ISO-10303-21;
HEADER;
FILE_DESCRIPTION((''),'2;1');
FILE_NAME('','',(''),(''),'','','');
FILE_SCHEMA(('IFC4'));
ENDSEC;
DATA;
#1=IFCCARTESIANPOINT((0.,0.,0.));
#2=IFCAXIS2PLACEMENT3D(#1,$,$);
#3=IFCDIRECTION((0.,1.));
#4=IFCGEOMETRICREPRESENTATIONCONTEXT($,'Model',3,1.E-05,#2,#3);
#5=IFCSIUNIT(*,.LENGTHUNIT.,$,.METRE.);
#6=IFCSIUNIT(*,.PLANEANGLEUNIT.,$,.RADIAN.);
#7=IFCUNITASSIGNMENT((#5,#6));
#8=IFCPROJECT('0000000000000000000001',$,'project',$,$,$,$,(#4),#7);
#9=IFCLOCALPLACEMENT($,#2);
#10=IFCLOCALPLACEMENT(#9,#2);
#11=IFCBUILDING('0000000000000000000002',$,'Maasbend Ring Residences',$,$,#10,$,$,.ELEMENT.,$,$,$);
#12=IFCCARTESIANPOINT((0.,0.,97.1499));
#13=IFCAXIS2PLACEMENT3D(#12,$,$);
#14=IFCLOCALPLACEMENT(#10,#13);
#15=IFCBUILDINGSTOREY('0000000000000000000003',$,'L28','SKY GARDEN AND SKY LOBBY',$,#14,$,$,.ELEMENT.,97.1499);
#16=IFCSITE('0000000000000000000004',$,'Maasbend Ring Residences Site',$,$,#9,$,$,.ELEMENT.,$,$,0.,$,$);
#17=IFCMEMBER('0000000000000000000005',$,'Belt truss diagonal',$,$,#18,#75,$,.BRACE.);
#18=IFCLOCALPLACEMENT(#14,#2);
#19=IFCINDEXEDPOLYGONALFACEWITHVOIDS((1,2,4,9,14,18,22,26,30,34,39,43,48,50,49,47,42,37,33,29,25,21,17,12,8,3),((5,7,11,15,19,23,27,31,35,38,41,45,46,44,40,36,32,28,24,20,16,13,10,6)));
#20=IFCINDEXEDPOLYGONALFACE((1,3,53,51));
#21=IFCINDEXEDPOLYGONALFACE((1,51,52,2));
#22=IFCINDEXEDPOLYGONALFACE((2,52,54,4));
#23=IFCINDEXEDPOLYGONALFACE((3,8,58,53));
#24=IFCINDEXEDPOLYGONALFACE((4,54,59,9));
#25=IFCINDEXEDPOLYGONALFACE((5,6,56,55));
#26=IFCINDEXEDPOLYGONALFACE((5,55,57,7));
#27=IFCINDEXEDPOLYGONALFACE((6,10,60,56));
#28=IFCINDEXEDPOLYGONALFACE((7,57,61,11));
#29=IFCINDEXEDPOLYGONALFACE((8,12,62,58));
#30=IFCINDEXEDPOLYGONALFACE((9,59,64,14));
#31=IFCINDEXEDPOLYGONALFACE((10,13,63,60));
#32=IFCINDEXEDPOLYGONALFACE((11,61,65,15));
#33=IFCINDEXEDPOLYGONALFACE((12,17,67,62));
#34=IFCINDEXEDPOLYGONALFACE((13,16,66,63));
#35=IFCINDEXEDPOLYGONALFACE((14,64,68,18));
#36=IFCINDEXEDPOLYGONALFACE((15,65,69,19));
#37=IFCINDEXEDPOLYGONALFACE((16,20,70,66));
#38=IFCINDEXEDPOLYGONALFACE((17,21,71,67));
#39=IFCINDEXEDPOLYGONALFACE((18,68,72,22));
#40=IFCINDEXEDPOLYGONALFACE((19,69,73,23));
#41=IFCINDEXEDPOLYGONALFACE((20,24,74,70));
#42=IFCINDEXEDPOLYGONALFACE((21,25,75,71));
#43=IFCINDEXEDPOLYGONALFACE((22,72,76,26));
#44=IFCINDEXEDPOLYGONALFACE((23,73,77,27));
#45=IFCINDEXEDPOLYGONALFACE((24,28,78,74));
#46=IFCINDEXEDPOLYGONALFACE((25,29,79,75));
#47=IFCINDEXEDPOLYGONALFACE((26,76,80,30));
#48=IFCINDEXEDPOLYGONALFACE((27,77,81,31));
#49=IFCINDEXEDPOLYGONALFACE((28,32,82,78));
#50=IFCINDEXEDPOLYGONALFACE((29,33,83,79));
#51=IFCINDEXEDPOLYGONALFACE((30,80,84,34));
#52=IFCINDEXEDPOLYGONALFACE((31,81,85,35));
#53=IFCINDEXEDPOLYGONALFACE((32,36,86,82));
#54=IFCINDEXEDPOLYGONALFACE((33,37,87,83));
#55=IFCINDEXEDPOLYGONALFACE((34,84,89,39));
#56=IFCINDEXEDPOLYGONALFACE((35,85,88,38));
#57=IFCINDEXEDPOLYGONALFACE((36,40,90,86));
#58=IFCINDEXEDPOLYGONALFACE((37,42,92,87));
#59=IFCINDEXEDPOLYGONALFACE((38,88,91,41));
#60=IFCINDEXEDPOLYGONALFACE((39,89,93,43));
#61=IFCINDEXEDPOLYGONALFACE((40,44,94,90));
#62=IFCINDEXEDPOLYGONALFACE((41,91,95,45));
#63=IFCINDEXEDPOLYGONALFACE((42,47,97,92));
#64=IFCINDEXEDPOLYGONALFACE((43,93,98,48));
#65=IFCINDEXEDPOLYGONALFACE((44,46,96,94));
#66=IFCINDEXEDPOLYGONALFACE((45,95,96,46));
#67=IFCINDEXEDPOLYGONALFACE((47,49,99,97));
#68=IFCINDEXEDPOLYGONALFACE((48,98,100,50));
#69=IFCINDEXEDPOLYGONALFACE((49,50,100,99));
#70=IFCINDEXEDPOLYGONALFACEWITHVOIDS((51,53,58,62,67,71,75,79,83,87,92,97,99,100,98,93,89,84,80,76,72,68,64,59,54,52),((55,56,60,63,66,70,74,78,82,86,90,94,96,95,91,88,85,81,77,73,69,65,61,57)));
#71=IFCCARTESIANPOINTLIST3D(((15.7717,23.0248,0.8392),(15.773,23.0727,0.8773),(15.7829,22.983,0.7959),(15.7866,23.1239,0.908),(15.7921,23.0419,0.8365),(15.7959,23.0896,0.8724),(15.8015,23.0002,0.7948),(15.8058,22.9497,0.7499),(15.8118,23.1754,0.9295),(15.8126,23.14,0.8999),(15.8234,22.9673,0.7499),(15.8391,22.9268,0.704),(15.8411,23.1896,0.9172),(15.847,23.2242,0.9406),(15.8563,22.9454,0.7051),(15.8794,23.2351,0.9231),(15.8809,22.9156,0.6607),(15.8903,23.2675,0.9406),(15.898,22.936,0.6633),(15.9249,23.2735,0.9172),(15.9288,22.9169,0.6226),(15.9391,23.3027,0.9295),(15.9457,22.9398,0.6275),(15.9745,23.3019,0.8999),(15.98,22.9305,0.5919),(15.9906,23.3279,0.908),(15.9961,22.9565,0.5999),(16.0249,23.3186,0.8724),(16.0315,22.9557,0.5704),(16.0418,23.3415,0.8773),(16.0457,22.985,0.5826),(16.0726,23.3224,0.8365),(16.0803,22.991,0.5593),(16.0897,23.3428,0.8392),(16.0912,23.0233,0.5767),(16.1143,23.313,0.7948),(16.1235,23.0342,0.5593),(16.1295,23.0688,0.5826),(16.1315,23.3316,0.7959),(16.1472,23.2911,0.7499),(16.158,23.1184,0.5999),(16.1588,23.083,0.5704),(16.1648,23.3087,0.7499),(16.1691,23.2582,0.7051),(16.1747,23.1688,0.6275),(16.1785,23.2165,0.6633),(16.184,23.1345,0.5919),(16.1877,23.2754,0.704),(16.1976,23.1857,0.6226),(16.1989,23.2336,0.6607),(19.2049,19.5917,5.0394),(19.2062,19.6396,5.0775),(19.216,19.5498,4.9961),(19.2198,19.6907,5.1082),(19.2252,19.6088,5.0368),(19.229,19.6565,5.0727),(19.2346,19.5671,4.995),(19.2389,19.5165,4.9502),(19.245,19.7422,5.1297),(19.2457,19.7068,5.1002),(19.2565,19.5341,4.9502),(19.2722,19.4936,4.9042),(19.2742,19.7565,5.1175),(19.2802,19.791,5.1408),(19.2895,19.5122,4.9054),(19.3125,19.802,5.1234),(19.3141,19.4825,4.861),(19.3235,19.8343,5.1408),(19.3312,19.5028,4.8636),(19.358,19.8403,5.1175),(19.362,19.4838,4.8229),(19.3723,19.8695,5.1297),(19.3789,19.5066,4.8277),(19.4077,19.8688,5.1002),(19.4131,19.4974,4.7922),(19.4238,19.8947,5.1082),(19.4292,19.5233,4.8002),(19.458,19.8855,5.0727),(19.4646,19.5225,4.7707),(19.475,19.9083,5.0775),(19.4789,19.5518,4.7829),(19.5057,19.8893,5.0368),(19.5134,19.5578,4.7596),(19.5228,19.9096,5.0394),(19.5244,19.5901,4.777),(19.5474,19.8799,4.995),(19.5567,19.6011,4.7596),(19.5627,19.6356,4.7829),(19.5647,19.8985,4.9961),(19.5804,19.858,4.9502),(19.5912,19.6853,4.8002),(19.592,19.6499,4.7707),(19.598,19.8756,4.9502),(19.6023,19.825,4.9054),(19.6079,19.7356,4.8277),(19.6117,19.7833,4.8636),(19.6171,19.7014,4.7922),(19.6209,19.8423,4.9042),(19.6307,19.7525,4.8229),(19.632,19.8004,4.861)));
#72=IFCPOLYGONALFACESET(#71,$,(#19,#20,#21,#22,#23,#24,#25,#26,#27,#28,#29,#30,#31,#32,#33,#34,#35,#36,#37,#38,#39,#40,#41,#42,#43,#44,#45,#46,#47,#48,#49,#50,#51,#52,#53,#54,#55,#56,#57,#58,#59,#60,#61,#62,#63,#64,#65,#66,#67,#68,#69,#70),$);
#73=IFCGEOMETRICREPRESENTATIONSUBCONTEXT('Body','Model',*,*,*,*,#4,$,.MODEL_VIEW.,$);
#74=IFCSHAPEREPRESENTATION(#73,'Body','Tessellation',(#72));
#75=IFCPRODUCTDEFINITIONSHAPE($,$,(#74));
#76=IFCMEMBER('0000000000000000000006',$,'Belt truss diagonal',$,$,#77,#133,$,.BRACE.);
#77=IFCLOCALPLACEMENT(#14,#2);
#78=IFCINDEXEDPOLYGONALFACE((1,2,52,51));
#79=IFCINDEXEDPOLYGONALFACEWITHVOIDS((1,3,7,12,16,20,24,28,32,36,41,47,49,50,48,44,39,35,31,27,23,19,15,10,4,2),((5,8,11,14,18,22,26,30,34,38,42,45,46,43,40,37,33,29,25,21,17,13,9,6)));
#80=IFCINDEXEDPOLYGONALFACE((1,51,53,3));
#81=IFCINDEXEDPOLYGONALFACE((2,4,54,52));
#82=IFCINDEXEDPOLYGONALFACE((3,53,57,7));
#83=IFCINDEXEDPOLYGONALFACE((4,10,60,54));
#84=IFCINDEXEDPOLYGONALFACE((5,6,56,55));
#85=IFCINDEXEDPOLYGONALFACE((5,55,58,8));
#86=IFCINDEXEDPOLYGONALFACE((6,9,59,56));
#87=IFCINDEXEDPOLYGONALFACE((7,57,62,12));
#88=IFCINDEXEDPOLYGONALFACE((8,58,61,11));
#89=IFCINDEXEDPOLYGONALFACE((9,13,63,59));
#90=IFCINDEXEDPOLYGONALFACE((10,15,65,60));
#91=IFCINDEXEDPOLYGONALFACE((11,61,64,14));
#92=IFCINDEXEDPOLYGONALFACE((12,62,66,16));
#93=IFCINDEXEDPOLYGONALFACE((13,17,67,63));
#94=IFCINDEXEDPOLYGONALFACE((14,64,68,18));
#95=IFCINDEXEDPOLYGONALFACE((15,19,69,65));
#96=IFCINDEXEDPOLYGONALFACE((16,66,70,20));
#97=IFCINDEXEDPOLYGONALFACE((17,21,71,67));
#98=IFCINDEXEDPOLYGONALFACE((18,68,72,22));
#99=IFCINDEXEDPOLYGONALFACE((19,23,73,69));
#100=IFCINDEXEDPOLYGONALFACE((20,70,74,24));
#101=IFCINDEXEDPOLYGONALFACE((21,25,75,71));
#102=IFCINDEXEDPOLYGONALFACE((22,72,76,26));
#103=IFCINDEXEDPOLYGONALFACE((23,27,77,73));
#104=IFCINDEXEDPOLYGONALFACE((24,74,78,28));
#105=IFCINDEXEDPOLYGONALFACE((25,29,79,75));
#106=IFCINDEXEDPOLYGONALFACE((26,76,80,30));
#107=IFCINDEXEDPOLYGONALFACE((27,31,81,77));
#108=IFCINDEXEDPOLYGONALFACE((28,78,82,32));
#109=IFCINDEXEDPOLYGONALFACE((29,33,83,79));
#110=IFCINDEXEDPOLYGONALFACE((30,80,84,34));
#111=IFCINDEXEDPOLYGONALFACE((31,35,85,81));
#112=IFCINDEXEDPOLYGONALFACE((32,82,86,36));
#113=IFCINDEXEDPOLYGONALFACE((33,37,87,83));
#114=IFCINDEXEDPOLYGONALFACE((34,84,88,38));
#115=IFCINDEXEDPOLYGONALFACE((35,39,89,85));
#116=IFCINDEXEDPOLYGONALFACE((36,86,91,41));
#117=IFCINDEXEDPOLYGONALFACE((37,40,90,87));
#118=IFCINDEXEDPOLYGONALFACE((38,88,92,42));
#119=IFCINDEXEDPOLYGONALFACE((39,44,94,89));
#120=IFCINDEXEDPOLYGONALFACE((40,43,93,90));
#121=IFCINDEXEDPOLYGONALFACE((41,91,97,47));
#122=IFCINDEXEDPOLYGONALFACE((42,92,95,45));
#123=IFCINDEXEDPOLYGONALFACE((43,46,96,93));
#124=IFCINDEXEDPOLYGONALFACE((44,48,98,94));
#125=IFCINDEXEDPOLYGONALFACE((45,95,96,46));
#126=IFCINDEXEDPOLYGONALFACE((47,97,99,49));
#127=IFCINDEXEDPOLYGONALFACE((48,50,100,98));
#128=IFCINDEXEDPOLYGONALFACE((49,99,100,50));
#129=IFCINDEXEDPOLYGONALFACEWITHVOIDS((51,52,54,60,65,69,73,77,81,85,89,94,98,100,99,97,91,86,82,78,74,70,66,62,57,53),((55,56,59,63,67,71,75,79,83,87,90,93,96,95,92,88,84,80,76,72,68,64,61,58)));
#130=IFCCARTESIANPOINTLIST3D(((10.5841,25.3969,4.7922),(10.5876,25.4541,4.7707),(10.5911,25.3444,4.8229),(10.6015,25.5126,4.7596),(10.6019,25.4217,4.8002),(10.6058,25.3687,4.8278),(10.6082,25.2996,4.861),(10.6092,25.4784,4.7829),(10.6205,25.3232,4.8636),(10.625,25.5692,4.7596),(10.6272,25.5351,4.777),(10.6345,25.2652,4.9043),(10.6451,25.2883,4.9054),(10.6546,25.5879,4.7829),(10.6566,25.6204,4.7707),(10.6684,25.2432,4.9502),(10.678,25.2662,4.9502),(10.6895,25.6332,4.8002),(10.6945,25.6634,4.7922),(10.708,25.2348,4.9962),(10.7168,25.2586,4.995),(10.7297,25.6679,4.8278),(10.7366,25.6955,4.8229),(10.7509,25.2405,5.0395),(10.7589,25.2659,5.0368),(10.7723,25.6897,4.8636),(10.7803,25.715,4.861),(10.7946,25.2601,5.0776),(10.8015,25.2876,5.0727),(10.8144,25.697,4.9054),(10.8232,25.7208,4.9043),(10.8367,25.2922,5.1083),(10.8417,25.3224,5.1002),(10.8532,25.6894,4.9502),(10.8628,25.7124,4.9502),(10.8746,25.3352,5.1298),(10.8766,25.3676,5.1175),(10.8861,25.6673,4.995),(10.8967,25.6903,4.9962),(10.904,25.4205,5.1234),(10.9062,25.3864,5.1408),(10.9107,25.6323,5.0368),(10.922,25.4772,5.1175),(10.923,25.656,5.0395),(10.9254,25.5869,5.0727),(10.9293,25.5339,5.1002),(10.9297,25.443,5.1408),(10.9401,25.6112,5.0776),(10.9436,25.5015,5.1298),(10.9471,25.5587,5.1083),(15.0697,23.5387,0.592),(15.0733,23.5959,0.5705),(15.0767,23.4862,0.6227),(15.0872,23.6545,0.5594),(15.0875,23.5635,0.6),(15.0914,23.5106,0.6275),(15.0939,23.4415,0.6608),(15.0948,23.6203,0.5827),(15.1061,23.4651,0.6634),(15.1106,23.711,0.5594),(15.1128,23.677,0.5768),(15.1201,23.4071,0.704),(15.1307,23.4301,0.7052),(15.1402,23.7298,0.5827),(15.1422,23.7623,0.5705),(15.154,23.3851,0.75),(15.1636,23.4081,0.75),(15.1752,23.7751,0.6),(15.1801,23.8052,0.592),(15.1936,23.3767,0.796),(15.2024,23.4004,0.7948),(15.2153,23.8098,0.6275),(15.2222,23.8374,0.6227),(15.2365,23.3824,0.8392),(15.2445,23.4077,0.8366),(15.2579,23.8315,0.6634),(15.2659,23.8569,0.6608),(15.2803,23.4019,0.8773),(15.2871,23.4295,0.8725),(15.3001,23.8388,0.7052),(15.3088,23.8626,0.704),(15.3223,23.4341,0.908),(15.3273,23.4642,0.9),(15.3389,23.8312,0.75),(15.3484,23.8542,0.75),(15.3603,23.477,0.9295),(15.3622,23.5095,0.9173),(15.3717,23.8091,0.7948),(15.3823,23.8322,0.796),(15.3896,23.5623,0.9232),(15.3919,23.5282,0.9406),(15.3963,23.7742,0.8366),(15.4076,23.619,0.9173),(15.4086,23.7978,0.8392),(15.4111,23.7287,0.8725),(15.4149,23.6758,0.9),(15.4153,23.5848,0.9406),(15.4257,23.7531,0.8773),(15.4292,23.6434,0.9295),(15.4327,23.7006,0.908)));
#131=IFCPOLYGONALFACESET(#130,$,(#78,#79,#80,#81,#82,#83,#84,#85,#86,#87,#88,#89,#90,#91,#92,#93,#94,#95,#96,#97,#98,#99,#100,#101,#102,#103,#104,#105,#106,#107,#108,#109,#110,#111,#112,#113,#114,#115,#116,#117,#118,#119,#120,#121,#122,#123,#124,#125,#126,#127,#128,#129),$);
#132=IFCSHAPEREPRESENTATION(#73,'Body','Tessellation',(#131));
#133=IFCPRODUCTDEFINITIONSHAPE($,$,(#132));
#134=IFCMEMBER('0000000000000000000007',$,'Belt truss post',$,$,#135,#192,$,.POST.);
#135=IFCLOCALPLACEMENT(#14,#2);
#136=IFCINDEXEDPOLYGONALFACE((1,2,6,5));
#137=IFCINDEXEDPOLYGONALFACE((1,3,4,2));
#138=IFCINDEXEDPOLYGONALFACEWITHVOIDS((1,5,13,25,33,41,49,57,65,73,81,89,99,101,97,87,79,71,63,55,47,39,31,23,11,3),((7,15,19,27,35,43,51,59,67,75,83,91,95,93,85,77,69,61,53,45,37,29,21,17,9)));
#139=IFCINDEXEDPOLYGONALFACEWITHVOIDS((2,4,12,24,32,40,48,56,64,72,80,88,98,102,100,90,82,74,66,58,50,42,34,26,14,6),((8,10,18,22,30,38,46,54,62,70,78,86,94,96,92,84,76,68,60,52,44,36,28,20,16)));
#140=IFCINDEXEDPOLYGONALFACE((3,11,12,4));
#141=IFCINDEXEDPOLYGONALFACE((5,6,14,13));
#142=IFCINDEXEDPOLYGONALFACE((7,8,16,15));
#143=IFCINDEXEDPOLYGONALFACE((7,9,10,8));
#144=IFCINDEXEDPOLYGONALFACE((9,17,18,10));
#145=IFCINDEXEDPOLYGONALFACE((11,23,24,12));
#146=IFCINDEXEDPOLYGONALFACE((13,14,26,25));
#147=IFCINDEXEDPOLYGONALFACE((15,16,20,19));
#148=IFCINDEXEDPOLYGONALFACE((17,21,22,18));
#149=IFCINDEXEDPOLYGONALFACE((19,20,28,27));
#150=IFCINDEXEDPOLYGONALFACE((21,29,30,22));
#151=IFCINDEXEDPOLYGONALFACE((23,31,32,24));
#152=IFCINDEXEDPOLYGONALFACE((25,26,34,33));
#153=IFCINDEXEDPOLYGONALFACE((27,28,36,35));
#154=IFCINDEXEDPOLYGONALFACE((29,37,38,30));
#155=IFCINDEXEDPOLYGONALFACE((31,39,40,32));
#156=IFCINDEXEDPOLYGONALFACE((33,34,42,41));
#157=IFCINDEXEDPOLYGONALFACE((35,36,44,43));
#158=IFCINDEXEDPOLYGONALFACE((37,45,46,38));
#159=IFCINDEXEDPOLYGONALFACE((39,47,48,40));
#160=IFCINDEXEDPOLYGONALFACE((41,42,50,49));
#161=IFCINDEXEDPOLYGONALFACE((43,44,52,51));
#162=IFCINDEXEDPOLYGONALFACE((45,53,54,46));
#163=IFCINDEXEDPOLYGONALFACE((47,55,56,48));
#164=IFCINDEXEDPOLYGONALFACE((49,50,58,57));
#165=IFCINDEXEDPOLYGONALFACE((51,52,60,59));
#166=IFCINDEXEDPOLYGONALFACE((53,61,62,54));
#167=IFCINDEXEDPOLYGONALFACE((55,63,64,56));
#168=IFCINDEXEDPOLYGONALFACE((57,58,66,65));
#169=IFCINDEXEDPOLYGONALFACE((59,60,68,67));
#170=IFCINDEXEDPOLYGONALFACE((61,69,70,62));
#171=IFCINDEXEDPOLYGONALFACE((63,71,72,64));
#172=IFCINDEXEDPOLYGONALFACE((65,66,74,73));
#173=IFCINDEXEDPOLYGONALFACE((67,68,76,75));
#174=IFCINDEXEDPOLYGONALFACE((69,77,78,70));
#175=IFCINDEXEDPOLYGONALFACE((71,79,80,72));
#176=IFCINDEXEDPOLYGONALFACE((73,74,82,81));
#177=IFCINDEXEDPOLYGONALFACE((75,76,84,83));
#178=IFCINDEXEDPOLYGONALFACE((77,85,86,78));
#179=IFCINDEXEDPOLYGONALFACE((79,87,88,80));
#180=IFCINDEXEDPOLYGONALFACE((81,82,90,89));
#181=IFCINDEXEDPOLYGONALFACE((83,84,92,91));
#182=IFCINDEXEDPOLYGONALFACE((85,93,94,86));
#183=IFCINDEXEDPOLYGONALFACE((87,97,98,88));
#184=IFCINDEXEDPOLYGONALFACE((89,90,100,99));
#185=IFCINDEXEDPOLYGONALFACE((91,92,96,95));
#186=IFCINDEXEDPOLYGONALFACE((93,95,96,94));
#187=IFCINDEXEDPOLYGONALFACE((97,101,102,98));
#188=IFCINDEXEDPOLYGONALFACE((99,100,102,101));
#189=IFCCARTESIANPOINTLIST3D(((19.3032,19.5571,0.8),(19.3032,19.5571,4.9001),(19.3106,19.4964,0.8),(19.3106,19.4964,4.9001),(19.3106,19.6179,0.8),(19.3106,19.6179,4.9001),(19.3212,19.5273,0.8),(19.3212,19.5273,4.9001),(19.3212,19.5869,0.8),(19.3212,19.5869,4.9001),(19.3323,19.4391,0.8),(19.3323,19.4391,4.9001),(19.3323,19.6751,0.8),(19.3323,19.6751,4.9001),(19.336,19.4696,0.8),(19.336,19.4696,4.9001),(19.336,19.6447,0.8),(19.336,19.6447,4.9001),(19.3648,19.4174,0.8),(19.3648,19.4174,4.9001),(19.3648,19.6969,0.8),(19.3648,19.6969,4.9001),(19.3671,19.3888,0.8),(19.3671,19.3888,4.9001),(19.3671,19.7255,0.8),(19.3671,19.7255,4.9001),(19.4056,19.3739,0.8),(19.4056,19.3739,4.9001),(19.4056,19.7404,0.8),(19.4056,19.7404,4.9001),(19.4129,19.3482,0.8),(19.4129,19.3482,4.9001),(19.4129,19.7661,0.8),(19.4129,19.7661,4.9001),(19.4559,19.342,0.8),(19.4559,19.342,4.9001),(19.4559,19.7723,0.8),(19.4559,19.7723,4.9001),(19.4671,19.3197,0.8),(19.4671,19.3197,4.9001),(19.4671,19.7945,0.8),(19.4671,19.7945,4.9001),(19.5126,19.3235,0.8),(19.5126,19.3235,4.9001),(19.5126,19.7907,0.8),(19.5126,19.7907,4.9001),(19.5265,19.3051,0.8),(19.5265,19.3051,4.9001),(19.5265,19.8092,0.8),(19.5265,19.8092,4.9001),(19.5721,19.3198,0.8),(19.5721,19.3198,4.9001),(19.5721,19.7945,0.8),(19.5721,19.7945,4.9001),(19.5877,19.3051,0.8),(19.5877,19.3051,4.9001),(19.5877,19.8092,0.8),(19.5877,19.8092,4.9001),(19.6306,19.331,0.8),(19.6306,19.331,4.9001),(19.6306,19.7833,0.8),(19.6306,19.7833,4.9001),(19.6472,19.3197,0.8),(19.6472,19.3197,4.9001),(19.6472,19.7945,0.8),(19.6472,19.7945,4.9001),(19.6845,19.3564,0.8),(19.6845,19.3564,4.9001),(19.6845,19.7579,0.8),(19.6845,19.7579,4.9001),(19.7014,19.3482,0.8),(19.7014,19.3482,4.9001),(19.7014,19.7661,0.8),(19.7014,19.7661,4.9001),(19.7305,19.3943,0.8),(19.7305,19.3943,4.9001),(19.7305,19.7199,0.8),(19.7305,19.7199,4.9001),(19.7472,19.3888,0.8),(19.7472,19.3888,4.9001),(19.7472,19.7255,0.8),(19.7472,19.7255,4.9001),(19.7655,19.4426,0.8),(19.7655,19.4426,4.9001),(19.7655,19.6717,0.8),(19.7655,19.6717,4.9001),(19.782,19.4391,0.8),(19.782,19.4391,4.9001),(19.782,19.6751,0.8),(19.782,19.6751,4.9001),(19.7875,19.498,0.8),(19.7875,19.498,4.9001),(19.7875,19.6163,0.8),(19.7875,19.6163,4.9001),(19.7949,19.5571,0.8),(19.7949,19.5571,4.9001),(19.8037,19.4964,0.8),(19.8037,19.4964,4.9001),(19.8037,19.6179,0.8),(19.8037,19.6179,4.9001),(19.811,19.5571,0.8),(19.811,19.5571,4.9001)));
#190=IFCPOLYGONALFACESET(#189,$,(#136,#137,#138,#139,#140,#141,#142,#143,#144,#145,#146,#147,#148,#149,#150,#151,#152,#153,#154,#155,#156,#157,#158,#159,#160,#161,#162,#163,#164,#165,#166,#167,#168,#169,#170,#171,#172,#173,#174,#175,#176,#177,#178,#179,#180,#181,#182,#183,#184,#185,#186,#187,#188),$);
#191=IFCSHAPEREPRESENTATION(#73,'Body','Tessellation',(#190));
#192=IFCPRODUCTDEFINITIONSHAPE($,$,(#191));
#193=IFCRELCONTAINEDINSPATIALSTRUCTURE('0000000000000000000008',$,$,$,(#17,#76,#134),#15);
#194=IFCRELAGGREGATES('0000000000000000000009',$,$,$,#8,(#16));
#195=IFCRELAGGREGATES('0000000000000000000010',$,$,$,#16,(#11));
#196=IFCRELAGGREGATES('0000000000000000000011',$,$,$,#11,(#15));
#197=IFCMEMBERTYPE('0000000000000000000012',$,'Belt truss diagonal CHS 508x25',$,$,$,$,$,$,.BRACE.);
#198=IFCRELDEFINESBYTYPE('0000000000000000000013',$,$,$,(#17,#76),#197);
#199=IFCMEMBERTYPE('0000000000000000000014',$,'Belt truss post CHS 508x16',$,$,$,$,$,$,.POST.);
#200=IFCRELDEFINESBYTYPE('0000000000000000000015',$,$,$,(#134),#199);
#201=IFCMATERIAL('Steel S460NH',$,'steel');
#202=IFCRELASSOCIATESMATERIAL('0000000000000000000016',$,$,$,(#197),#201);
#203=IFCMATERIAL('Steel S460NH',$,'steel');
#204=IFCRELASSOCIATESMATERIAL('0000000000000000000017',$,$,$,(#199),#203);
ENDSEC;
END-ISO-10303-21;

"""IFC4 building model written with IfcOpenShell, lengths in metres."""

from ifc_helpers import new_model, si_unit, direction, frame, origin, origin_2d, place, context, subcontext, project, spatial, hollow_circle, extrude, material, material_profile, profile_set, type_object, element, save


model = new_model("IFC4")

# Units and contexts
model_context = context("Model", 3, precision=1e-05, world=origin(), true_north=direction((0.0, 1.0)))
body_context = subcontext(model_context, "Body", "Model", "MODEL_VIEW")
ifc_project = project(units=[si_unit("LENGTHUNIT", "METRE"), si_unit("PLANEANGLEUNIT", "RADIAN")], contexts=[model_context])

# Site, building, storey
site_placement = place(None, origin())
site = spatial("IfcSite", under=ifc_project, at=site_placement, Name="Maasbend Ring Residences Site", CompositionType="ELEMENT", RefElevation=0.0)
building_placement = place(site_placement, origin())
building = spatial("IfcBuilding", under=site, at=building_placement, Name="Maasbend Ring Residences", CompositionType="ELEMENT")
storey_placement = place(building_placement, frame((0.0, 0.0, 97.1499)))
storey = spatial("IfcBuildingStorey", under=building, at=storey_placement, Name="L28", Description="SKY GARDEN AND SKY LOBBY", CompositionType="ELEMENT", Elevation=97.1499)

# Members
ifc_material_1 = material(Name="Steel S460NH", Category="steel")
ifc_material_profile_1 = material_profile(ifc_material_1, hollow_circle(Radius=0.2539, WallThickness=0.0249, at=origin_2d()), Name="Belt truss diagonal CHS 508x25")
ifc_profile_set_1 = profile_set([ifc_material_profile_1], Name="Steel S460NH")
member_type_1 = type_object("IfcMemberType", Name="Belt truss diagonal CHS 508x25", PredefinedType="BRACE", material=ifc_profile_set_1)
for number, where, z_axis, x_axis, name in (
    (1, (19.4185, 19.696, 4.9502), (-0.534767, 0.534767, -0.654255), (-0.707107, -0.707107, 0.0), "Belt truss diagonal"),
    (2, (15.2512, 23.6196, 0.75), (-0.698703, 0.289437, 0.654248), (-0.382712, -0.923868, 0.0), "Belt truss diagonal"),
):
    element("IfcMember", number, at=place(storey_placement, frame(where, z_axis=z_axis, x_axis=x_axis)), inside=storey, type_object=member_type_1, Name=name, PredefinedType="BRACE", context=body_context, shape_type="SweptSolid", body=[
        extrude(hollow_circle(Radius=0.2539, WallThickness=0.0249, at=origin_2d()), origin(), (0.0, 0.0, 1.0), 6.4199),
    ])
ifc_material_2 = material(Name="Steel S460NH", Category="steel")
ifc_material_profile_2 = material_profile(ifc_material_2, hollow_circle(Radius=0.2539, WallThickness=0.0161, at=origin_2d()), Name="Belt truss post CHS 508x16")
ifc_profile_set_2 = profile_set([ifc_material_profile_2], Name="Steel S460NH")
member_type_2 = type_object("IfcMemberType", Name="Belt truss post CHS 508x16", PredefinedType="POST", material=ifc_profile_set_2)
member_1_placement = place(storey_placement, frame((19.5571, 19.5571, 0.8), z_axis=(0.0, 0.0, 1.0), x_axis=(1.0, 0.0, 0.0)))
element("IfcMember", 3, at=member_1_placement, inside=storey, type_object=member_type_2, Name="Belt truss post", PredefinedType="POST", context=body_context, shape_type="SweptSolid", body=[
    extrude(hollow_circle(Radius=0.2539, WallThickness=0.0161, at=origin_2d()), origin(), (0.0, 0.0, 1.0), 4.1001),
])

save(model, "model.ifc")
